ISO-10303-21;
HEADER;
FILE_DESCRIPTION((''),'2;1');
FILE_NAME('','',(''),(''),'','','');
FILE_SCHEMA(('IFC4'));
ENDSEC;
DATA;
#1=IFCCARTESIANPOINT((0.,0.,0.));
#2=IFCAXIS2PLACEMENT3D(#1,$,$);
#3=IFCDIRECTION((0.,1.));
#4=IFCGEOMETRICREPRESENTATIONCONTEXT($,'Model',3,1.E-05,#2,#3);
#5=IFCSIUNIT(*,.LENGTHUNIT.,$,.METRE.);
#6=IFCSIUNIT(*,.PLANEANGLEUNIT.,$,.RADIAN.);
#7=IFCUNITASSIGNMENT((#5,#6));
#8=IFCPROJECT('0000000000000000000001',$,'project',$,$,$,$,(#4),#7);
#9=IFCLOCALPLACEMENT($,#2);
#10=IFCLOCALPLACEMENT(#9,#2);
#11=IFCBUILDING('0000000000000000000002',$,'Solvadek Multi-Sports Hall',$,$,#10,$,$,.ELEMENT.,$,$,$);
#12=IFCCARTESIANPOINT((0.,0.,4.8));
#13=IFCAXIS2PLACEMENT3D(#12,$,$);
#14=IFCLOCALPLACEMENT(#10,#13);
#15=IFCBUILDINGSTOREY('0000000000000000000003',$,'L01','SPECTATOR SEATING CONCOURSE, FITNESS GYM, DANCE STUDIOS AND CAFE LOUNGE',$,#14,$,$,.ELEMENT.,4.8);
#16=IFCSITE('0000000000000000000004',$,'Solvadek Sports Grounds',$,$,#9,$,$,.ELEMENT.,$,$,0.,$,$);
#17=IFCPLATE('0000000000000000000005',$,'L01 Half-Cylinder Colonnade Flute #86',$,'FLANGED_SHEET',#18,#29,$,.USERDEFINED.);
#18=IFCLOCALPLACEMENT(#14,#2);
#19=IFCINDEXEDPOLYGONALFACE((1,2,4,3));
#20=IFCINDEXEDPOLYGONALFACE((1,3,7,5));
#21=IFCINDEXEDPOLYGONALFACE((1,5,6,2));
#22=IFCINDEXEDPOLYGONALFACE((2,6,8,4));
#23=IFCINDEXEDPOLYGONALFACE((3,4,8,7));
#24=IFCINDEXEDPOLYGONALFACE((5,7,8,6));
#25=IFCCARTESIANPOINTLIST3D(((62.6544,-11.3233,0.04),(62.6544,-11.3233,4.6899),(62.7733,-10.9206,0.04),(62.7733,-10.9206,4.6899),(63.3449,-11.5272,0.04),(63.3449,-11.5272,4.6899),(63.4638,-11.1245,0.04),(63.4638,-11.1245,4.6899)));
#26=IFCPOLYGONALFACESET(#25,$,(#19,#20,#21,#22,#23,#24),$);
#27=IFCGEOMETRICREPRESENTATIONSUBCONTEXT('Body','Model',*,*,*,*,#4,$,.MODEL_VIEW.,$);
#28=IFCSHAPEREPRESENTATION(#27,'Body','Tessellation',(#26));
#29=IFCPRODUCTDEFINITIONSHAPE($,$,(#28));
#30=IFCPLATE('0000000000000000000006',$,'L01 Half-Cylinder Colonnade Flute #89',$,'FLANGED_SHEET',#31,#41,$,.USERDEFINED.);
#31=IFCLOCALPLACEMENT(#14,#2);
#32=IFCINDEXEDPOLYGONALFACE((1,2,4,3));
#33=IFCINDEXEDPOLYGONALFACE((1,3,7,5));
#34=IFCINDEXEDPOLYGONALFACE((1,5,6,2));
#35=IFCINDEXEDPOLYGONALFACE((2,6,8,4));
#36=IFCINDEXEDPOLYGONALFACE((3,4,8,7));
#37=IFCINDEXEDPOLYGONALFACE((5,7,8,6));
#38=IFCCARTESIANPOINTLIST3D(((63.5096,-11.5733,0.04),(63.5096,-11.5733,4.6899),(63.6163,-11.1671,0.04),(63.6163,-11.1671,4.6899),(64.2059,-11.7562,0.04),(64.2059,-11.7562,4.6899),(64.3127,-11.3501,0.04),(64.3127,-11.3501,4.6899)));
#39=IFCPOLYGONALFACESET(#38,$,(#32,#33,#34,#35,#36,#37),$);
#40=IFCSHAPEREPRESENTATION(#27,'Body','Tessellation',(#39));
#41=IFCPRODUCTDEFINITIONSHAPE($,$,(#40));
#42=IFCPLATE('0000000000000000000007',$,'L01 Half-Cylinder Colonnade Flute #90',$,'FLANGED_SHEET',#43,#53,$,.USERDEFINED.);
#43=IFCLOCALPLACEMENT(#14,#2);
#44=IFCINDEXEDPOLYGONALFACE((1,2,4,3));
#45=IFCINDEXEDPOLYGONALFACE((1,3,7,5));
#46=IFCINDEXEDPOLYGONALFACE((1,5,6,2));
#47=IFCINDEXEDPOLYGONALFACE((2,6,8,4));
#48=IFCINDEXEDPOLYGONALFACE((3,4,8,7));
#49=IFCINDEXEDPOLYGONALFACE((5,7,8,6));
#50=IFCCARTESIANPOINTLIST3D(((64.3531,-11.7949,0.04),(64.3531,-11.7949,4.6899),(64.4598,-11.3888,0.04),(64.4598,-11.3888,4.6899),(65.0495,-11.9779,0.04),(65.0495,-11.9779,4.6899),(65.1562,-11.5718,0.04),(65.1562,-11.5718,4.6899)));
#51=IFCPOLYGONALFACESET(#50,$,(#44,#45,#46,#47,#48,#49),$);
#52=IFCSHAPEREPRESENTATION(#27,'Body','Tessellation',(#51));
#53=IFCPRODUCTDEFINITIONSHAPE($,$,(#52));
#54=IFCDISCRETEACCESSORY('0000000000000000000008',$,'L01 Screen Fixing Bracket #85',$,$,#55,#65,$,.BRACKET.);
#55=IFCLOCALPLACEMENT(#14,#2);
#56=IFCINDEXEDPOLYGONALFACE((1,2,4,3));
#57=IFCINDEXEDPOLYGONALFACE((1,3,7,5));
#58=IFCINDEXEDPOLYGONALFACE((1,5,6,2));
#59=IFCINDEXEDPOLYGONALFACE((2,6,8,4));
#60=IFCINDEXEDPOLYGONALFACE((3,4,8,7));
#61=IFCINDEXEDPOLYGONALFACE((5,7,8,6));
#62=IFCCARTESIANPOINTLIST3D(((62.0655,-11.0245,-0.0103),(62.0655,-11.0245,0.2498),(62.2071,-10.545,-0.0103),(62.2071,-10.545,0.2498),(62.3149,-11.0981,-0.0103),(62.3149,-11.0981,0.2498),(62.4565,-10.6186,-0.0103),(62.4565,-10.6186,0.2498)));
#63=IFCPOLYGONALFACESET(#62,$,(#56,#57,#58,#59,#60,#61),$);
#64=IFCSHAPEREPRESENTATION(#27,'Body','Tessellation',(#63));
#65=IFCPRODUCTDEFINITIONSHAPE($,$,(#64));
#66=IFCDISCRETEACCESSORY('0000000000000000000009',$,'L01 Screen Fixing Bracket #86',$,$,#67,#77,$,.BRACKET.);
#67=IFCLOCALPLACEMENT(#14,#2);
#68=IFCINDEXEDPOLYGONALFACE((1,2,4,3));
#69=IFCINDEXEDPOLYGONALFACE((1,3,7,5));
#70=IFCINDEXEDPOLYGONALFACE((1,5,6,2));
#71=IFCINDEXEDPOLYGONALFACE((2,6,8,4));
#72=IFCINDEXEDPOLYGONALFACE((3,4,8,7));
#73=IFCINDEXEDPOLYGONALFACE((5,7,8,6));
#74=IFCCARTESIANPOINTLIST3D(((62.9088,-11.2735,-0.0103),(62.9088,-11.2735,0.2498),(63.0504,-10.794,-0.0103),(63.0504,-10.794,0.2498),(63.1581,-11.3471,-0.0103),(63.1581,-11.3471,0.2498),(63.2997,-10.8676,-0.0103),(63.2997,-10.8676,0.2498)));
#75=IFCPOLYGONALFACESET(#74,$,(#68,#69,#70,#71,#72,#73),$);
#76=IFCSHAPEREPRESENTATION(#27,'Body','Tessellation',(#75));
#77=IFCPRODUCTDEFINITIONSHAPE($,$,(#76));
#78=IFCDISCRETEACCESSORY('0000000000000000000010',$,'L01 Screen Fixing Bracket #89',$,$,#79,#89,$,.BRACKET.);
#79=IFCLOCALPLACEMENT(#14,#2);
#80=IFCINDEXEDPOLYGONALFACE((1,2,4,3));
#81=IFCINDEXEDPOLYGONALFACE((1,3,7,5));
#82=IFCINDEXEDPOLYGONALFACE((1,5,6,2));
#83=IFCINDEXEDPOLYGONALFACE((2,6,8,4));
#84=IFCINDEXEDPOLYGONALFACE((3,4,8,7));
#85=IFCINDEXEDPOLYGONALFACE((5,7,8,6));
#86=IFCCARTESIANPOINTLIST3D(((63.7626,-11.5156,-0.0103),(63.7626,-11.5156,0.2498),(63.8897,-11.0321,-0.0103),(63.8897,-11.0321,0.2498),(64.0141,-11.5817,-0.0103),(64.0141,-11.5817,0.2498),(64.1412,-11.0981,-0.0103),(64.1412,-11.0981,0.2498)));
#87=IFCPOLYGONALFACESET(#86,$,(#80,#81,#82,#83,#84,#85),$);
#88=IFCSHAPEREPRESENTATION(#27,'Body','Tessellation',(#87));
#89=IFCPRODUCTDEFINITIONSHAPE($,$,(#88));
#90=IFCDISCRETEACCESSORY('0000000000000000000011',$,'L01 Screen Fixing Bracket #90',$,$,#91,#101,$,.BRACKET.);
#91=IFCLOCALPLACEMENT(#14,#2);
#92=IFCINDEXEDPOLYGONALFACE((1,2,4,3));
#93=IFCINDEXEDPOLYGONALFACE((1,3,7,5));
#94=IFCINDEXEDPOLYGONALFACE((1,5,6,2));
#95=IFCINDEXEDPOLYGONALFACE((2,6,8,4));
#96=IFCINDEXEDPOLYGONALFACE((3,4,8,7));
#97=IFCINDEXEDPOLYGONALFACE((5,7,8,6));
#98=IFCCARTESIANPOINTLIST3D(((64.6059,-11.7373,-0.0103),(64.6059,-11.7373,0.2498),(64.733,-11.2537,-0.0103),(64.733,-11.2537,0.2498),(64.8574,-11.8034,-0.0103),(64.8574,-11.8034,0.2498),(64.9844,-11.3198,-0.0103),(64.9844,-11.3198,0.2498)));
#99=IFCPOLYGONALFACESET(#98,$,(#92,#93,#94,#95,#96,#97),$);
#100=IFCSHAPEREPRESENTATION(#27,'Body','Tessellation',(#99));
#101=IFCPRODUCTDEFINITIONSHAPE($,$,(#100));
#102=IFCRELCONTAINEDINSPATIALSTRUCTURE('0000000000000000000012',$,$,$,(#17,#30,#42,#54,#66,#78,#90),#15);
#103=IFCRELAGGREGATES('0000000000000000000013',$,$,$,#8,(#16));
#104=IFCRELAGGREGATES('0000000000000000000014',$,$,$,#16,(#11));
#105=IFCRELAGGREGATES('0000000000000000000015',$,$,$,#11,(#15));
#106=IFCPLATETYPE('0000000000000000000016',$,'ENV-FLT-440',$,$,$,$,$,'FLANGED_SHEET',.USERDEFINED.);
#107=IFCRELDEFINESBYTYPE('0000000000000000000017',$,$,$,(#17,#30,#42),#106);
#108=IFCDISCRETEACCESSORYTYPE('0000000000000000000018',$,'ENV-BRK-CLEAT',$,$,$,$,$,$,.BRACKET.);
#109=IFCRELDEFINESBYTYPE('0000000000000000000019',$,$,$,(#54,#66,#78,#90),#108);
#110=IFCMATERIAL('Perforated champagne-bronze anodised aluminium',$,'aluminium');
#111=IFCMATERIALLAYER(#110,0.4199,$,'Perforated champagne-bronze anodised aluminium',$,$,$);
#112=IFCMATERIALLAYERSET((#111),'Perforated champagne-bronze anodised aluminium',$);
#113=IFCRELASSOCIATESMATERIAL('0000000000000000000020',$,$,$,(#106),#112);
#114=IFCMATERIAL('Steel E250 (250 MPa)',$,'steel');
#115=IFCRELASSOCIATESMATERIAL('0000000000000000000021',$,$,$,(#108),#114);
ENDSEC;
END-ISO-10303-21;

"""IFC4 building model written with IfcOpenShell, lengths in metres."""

from ifc_helpers import new_model, si_unit, direction, frame, origin, origin_2d, place, context, subcontext, project, spatial, rectangle, extrude, material, layer, layer_set, type_object, element, save


model = new_model("IFC4")

# Units and contexts
model_context = context("Model", 3, precision=1e-05, world=origin(), true_north=direction((0.0, 1.0)))
body_context = subcontext(model_context, "Body", "Model", "MODEL_VIEW")
ifc_project = project(units=[si_unit("LENGTHUNIT", "METRE"), si_unit("PLANEANGLEUNIT", "RADIAN")], contexts=[model_context])

# Site, building, storey
site_placement = place(None, origin())
site = spatial("IfcSite", under=ifc_project, at=site_placement, Name="Solvadek Sports Grounds", CompositionType="ELEMENT", RefElevation=0.0)
building_placement = place(site_placement, origin())
building = spatial("IfcBuilding", under=site, at=building_placement, Name="Solvadek Multi-Sports Hall", CompositionType="ELEMENT")
storey_placement = place(building_placement, frame((0.0, 0.0, 4.8)))
storey = spatial("IfcBuildingStorey", under=building, at=storey_placement, Name="L01", Description="SPECTATOR SEATING CONCOURSE, FITNESS GYM, DANCE STUDIOS AND CAFE LOUNGE", CompositionType="ELEMENT", Elevation=4.8)

# Shared definitions
ifc_material_1 = material(Name="Steel E250 (250 MPa)", Category="steel")

# Plates
ifc_material_2 = material(Name="Perforated champagne-bronze anodised aluminium", Category="aluminium")
ifc_layer_1 = layer(ifc_material_2, 0.4199, Name="Perforated champagne-bronze anodised aluminium")
ifc_layer_set_1 = layer_set([ifc_layer_1], Name="Perforated champagne-bronze anodised aluminium")
plate_type_1 = type_object("IfcPlateType", Name="ENV-FLT-440", ElementType="FLANGED_SHEET", PredefinedType="USERDEFINED", material=ifc_layer_set_1)
for number, where, z_axis, x_axis, name in (
    (1, (63.0591, -11.2239, 0.04), (0.0, 0.0, 1.0), (0.959064, -0.283188, 0.0), "L01 Half-Cylinder Colonnade Flute #86"),
    (2, (63.9111, -11.4617, 0.04), (0.0, 0.0, 1.0), (0.967173, -0.254121, 0.0), "L01 Half-Cylinder Colonnade Flute #89"),
    (3, (64.7546, -11.6833, 0.04), (0.0, 0.0, 1.0), (0.967173, -0.254121, 0.0), "L01 Half-Cylinder Colonnade Flute #90"),
):
    element("IfcPlate", number, at=place(storey_placement, frame(where, z_axis=z_axis, x_axis=x_axis)), inside=storey, type_object=plate_type_1, Name=name, ObjectType="FLANGED_SHEET", PredefinedType="USERDEFINED", context=body_context, shape_type="SweptSolid", body=[
        extrude(rectangle(XDim=0.72, YDim=0.4199, at=origin_2d()), origin(), (0.0, 0.0, 1.0), 4.6499),
    ])

# Discrete accessories
discrete_accessory_type = type_object("IfcDiscreteAccessoryType", Name="ENV-BRK-CLEAT", PredefinedType="BRACKET", material=ifc_material_1)
for number, where, z_axis, x_axis, name in (
    (4, (62.261, -10.8215, -0.0103), (0.0, 0.0, 1.0), (0.959064, -0.283188, 0.0), "L01 Screen Fixing Bracket #85"),
    (5, (63.1042, -11.0706, -0.0103), (0.0, 0.0, 1.0), (0.959064, -0.283188, 0.0), "L01 Screen Fixing Bracket #86"),
    (6, (63.9519, -11.3069, -0.0103), (0.0, 0.0, 1.0), (0.967173, -0.254121, 0.0), "L01 Screen Fixing Bracket #89"),
    (7, (64.7952, -11.5286, -0.0103), (0.0, 0.0, 1.0), (0.967173, -0.254121, 0.0), "L01 Screen Fixing Bracket #90"),
):
    element("IfcDiscreteAccessory", number, at=place(storey_placement, frame(where, z_axis=z_axis, x_axis=x_axis)), inside=storey, type_object=discrete_accessory_type, Name=name, PredefinedType="BRACKET", context=body_context, shape_type="SweptSolid", body=[
        extrude(rectangle(XDim=0.26, YDim=0.5, at=origin_2d()), origin(), (0.0, 0.0, 1.0), 0.26),
    ])

save(model, "model.ifc")
